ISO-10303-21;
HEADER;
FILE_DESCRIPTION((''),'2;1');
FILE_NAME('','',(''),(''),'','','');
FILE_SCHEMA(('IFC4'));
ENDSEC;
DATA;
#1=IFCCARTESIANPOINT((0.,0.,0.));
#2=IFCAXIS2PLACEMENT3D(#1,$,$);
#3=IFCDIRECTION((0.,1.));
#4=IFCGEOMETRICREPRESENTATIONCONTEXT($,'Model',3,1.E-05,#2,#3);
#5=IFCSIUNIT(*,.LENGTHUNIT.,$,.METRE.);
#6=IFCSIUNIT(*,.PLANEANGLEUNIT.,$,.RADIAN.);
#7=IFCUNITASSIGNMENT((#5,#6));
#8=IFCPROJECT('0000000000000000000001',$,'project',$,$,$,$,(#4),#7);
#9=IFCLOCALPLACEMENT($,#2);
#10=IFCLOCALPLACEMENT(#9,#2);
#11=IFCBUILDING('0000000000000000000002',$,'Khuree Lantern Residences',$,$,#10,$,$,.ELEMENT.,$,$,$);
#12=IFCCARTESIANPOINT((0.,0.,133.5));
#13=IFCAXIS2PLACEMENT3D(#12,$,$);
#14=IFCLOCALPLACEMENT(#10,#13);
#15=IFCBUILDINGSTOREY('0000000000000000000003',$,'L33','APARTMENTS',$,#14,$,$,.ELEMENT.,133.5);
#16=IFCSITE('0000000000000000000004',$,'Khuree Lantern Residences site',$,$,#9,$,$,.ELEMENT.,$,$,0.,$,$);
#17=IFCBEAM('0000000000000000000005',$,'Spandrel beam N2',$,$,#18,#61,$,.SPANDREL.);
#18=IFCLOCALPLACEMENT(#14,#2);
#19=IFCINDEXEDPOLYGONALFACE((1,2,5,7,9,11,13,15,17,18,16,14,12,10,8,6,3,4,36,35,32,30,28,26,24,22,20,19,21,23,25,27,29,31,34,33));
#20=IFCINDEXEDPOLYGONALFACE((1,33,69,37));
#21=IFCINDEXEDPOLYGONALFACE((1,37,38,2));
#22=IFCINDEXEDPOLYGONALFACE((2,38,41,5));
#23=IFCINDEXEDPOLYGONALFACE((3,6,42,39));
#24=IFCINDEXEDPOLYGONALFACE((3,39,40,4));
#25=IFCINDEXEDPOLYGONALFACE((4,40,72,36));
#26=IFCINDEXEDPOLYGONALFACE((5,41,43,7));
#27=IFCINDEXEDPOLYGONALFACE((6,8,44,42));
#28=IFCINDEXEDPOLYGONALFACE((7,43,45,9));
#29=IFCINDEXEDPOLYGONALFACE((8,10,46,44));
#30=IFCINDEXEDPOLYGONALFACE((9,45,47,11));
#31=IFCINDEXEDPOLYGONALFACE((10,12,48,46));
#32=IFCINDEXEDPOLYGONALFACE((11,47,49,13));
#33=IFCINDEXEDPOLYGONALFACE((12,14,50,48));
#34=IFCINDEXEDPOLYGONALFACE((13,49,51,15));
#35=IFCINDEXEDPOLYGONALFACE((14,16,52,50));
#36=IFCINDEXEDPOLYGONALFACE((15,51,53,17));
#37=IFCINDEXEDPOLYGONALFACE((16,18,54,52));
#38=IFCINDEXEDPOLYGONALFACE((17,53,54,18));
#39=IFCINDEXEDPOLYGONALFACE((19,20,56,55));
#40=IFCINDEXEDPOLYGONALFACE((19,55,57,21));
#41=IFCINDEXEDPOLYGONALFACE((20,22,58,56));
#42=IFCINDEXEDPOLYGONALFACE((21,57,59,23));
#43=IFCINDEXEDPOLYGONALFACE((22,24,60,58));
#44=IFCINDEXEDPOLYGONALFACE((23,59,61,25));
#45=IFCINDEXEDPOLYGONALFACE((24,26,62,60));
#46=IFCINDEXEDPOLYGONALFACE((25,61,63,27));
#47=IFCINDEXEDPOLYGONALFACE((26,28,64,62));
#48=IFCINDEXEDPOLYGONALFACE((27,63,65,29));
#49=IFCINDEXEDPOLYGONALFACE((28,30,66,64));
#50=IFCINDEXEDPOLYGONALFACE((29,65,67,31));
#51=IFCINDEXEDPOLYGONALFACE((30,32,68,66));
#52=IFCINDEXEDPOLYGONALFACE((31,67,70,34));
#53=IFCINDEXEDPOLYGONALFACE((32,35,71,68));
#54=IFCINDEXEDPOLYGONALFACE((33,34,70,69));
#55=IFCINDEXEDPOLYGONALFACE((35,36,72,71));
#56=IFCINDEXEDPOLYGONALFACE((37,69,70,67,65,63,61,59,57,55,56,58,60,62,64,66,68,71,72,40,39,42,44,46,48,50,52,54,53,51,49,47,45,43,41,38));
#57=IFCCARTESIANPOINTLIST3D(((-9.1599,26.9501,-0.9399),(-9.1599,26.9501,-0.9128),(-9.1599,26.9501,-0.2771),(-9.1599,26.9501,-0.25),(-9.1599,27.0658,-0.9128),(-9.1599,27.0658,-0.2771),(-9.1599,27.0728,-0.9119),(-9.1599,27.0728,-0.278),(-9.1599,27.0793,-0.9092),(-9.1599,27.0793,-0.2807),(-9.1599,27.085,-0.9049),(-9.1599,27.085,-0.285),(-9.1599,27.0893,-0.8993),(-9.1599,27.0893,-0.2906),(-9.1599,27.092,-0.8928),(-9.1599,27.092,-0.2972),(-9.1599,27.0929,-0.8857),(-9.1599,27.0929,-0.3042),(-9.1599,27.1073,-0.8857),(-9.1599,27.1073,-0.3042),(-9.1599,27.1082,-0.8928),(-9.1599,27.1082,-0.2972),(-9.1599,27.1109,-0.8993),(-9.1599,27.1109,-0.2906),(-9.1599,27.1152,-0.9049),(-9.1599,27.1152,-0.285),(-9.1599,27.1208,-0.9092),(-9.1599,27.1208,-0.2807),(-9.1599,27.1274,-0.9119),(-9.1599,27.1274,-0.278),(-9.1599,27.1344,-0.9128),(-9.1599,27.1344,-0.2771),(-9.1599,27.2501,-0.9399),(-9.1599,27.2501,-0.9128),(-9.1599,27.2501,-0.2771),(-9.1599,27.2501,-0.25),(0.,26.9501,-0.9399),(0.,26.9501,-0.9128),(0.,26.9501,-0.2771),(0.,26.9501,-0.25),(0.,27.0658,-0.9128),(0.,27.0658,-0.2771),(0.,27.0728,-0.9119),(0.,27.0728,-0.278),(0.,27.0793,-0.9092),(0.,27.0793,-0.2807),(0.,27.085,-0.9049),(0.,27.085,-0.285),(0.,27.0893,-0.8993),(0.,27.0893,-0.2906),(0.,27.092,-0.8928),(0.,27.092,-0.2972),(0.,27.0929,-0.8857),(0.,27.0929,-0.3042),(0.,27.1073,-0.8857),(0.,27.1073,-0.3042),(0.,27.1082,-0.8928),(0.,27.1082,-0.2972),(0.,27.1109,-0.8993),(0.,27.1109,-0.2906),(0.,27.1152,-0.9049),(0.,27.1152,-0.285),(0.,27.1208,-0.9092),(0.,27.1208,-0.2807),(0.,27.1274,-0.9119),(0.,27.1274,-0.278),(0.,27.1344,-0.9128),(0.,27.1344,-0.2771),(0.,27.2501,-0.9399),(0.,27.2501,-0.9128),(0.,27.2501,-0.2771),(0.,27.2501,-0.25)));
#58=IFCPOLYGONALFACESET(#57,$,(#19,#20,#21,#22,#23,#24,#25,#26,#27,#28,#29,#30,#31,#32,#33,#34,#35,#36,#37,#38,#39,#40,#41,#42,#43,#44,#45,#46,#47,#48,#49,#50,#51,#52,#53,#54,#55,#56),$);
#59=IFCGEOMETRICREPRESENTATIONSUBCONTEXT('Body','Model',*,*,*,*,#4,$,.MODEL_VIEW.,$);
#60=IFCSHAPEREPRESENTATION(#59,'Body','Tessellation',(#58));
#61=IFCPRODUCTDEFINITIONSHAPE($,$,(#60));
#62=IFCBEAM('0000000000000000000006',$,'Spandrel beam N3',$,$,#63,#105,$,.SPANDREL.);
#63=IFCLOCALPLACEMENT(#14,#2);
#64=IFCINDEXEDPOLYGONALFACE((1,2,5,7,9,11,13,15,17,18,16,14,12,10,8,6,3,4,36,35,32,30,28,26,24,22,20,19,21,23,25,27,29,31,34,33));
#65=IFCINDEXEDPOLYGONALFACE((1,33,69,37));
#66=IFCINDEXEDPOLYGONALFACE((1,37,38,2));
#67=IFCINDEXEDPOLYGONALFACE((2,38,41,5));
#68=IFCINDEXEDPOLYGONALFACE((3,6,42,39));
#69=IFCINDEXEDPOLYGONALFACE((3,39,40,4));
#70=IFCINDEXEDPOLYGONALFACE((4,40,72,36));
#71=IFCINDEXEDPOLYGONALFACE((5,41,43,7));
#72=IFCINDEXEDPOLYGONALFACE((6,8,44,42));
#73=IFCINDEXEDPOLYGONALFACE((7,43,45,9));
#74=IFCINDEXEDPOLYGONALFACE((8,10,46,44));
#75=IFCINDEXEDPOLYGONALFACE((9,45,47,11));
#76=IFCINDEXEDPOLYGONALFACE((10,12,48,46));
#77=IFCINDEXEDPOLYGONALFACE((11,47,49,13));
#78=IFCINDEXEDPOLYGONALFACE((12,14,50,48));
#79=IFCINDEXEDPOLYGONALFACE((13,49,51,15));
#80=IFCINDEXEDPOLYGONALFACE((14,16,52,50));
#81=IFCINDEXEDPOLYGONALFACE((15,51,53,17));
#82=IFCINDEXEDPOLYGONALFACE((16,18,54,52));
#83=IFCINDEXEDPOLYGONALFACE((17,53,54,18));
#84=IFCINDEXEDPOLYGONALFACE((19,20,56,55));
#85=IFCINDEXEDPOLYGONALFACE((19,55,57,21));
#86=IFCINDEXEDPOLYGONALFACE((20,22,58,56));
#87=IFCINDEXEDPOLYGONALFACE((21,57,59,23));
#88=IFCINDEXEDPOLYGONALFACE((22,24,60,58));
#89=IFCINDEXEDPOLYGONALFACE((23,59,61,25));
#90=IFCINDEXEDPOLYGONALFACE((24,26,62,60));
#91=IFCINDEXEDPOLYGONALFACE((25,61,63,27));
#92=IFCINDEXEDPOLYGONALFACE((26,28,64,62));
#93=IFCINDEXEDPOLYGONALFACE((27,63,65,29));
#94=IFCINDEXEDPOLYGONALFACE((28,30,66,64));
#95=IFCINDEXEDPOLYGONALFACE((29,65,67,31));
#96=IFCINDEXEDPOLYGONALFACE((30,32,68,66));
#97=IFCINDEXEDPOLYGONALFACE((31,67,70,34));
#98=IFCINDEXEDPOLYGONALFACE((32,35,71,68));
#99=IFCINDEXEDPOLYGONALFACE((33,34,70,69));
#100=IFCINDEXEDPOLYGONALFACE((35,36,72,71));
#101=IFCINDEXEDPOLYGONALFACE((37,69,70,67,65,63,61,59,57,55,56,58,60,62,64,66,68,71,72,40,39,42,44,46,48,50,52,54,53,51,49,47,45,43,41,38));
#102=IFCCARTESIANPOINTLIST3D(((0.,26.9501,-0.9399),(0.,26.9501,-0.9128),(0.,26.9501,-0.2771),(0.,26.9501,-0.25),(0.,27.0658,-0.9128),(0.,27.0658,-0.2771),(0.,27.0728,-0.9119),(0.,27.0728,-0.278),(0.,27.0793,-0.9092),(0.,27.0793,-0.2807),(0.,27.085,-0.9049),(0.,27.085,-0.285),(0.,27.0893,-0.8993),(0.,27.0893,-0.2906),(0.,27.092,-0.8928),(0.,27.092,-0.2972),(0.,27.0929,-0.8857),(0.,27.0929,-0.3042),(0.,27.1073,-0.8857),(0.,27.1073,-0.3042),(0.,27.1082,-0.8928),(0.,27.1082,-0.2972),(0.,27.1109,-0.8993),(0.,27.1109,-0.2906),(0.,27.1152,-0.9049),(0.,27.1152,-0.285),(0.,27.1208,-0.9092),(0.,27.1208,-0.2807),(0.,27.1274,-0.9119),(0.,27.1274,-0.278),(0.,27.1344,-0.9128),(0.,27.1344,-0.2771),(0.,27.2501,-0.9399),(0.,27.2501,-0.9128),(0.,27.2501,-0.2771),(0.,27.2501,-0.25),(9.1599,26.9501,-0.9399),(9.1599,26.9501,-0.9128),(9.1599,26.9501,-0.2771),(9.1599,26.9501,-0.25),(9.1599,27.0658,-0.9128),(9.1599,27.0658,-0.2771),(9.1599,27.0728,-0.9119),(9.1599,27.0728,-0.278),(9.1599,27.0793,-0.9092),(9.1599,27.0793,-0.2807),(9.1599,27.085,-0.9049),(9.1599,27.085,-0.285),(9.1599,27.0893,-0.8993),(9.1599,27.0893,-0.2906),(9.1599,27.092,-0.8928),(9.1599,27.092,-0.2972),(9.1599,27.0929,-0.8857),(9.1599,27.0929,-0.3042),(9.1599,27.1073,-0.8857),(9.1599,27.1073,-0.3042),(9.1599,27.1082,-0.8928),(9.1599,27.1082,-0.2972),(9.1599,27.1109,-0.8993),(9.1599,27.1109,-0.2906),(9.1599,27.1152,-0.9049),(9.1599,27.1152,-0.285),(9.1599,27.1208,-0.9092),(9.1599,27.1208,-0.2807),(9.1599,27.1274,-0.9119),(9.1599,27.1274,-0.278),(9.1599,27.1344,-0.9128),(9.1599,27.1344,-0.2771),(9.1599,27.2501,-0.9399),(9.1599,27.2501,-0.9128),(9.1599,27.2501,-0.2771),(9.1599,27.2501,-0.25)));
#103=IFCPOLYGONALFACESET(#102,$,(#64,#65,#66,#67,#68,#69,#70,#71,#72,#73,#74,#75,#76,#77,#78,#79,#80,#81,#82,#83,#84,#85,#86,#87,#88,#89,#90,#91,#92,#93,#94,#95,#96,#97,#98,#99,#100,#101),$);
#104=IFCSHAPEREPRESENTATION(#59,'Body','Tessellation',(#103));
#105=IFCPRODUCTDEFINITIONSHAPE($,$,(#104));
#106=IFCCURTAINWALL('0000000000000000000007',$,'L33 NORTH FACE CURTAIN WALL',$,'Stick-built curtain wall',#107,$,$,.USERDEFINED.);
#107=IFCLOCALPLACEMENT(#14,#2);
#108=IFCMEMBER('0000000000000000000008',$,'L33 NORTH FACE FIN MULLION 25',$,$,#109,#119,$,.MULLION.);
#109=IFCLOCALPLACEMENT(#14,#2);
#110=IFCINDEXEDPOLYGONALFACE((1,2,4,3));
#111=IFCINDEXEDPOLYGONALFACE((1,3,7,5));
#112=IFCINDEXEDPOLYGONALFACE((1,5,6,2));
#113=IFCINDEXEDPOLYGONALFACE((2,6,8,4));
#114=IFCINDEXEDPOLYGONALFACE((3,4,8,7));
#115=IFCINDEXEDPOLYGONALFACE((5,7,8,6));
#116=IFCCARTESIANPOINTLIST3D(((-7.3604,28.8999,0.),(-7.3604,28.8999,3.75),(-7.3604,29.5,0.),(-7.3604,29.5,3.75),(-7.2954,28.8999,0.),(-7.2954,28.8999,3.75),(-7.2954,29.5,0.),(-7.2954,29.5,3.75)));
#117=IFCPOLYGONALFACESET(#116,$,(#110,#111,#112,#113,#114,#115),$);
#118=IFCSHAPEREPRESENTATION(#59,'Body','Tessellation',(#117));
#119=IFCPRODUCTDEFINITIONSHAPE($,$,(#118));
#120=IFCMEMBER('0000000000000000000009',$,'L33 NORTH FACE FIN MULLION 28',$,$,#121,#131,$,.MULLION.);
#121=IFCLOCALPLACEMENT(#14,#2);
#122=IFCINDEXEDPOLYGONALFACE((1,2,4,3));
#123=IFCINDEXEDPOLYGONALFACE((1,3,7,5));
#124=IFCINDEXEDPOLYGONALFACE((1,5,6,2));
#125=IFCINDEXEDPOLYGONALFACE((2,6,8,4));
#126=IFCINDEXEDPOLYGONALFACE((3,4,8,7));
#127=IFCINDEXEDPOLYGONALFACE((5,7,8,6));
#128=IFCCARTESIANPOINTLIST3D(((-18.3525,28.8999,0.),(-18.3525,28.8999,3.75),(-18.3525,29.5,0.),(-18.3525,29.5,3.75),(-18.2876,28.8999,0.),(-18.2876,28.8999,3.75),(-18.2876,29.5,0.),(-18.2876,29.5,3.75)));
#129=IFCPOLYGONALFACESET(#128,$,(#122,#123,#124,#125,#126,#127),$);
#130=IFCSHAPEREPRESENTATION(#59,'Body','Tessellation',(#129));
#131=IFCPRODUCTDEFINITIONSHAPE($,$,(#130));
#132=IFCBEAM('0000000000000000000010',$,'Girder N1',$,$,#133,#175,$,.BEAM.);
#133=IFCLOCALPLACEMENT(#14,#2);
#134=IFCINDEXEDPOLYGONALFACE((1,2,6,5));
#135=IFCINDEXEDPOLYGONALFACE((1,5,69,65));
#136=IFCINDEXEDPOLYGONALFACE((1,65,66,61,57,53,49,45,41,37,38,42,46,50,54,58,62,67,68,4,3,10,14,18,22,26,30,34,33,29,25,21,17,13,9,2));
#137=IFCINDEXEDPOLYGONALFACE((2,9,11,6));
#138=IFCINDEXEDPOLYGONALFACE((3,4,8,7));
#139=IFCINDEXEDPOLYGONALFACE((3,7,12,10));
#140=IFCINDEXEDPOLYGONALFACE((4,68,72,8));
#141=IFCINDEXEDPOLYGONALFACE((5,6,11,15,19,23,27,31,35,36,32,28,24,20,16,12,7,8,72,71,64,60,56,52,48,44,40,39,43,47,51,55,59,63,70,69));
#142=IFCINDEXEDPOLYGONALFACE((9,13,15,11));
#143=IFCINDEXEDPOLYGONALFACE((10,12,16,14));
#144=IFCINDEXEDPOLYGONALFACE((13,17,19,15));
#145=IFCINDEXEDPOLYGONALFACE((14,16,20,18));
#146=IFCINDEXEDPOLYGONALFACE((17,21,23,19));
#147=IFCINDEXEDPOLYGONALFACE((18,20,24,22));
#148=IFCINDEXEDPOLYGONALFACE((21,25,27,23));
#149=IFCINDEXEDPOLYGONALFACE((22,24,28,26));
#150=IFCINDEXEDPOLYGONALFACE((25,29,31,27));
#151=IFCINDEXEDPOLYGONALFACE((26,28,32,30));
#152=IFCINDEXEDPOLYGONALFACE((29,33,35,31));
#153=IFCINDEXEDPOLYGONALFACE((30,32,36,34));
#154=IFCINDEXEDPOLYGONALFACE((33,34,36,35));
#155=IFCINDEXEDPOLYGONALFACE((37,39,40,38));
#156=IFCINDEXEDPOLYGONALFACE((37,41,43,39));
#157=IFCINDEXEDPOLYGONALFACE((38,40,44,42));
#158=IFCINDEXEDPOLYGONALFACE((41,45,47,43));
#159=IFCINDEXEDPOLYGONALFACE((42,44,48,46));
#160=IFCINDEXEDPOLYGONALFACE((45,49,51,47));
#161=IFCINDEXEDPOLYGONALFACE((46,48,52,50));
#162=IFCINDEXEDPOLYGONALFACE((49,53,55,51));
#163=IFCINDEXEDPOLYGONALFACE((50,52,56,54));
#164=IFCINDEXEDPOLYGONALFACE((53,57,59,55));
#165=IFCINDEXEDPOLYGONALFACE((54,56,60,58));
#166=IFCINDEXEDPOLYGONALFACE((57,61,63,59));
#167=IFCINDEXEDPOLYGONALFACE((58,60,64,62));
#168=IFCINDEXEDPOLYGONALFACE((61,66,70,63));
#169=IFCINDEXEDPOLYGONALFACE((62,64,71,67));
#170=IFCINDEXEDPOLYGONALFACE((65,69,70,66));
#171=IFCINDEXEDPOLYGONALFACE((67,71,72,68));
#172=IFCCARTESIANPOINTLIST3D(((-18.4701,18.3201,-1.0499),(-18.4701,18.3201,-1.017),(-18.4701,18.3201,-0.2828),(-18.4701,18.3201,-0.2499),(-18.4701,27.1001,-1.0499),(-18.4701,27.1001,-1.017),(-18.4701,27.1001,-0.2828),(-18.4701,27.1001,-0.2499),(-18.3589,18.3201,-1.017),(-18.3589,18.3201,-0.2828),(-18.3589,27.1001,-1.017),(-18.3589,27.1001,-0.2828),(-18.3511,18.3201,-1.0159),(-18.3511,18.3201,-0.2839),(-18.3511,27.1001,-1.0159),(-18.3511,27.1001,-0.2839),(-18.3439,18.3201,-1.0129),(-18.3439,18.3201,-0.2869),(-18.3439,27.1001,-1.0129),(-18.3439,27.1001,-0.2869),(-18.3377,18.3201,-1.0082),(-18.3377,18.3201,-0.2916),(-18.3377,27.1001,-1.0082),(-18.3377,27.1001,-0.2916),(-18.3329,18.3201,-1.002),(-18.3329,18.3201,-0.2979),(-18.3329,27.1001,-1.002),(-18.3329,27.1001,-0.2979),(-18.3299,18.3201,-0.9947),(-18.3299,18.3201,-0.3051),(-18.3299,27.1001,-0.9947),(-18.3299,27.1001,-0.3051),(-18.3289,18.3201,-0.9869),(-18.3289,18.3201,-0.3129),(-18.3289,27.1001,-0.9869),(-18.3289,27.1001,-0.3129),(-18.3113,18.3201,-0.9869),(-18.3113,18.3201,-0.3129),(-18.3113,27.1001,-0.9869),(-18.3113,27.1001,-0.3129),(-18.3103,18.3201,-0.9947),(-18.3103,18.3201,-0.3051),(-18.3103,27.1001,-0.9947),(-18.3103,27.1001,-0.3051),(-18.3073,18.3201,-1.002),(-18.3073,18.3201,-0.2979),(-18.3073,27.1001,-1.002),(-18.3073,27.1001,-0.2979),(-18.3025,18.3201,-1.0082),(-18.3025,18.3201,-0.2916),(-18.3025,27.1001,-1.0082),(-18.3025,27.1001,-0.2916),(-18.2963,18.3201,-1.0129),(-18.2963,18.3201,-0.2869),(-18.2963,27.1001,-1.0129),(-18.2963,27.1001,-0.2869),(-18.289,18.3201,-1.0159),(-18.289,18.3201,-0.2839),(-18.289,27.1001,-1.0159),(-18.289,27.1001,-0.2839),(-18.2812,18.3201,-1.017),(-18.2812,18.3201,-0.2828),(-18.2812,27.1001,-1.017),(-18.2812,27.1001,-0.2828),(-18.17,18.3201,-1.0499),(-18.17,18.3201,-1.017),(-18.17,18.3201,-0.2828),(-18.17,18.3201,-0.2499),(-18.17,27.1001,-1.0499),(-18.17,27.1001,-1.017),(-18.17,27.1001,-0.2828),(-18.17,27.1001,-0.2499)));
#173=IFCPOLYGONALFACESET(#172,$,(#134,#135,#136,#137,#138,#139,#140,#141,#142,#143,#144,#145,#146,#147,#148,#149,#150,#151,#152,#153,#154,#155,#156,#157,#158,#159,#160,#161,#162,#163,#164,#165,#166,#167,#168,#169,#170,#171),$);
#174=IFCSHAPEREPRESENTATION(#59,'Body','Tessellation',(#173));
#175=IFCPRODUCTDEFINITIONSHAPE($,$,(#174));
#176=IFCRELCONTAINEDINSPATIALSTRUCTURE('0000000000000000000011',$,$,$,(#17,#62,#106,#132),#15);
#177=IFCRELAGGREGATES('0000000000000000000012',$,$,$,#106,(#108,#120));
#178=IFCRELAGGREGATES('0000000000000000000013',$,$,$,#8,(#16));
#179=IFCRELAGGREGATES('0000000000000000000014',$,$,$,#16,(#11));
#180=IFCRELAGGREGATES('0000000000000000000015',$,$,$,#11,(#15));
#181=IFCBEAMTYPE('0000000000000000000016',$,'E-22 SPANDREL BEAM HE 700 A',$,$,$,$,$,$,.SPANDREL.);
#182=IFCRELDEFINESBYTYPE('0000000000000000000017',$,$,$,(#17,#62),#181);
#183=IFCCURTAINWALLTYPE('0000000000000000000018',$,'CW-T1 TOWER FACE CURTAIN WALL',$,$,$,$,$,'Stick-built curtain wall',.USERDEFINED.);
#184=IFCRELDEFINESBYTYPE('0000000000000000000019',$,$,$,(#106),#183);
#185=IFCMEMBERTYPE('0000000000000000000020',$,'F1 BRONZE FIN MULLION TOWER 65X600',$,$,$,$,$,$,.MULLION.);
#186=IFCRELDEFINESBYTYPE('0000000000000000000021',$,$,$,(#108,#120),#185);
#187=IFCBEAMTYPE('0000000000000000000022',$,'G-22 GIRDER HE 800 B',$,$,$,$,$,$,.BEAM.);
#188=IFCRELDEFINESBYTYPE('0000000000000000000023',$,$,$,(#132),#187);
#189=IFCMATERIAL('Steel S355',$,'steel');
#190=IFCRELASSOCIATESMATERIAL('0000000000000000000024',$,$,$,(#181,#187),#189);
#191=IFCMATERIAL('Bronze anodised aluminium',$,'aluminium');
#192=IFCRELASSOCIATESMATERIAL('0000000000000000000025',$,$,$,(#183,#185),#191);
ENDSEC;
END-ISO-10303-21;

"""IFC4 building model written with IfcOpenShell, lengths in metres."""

from ifc_helpers import new_model, si_unit, direction, frame, origin, origin_2d, place, context, subcontext, project, spatial, rectangle, i_section, extrude, material, material_profile, profile_set, type_object, element, aggregate, save


model = new_model("IFC4")

# Units and contexts
model_context = context("Model", 3, precision=1e-05, world=origin(), true_north=direction((0.0, 1.0)))
body_context = subcontext(model_context, "Body", "Model", "MODEL_VIEW")
ifc_project = project(units=[si_unit("LENGTHUNIT", "METRE"), si_unit("PLANEANGLEUNIT", "RADIAN")], contexts=[model_context])

# Site, building, storey
site_placement = place(None, origin())
site = spatial("IfcSite", under=ifc_project, at=site_placement, Name="Khuree Lantern Residences site", CompositionType="ELEMENT", RefElevation=0.0)
building_placement = place(site_placement, origin())
building = spatial("IfcBuilding", under=site, at=building_placement, Name="Khuree Lantern Residences", CompositionType="ELEMENT")
storey_placement = place(building_placement, frame((0.0, 0.0, 133.5)))
storey = spatial("IfcBuildingStorey", under=building, at=storey_placement, Name="L33", Description="APARTMENTS", CompositionType="ELEMENT", Elevation=133.5)

# Beams
ifc_material_1 = material(Name="Steel S355", Category="steel")
ifc_material_profile_1 = material_profile(ifc_material_1, i_section(OverallWidth=0.3, OverallDepth=0.6899, WebThickness=0.0144, FlangeThickness=0.0271, FilletRadius=0.0271, at=origin_2d()), Name="HE 700 A")
ifc_profile_set_1 = profile_set([ifc_material_profile_1], Name="Steel S355")
beam_type_1 = type_object("IfcBeamType", Name="E-22 SPANDREL BEAM HE 700 A", PredefinedType="SPANDREL", material=ifc_profile_set_1)
for number, where, z_axis, x_axis, name in (
    (1, (-9.1599, 27.1001, -0.595), (1.0, 0.0, 0.0), (0.0, 1.0, 0.0), "Spandrel beam N2"),
    (2, (0.0, 27.1001, -0.595), (1.0, 0.0, 0.0), (0.0, 1.0, 0.0), "Spandrel beam N3"),
):
    element("IfcBeam", number, at=place(storey_placement, frame(where, z_axis=z_axis, x_axis=x_axis)), inside=storey, type_object=beam_type_1, Name=name, PredefinedType="SPANDREL", context=body_context, shape_type="SweptSolid", body=[
        extrude(i_section(OverallWidth=0.3, OverallDepth=0.6899, WebThickness=0.0144, FlangeThickness=0.0271, FilletRadius=0.0271, at=origin_2d()), origin(), (0.0, 0.0, 1.0), 9.1599),
    ])

# Curtain wall, members
ifc_material_2 = material(Name="Bronze anodised aluminium", Category="aluminium")
curtain_wall_type = type_object("IfcCurtainWallType", Name="CW-T1 TOWER FACE CURTAIN WALL", ElementType="Stick-built curtain wall", PredefinedType="USERDEFINED", material=ifc_material_2)
curtain_wall_placement = place(storey_placement, origin())
curtain_wall = element("IfcCurtainWall", 3, at=curtain_wall_placement, inside=storey, type_object=curtain_wall_type, Name="L33 NORTH FACE CURTAIN WALL", ObjectType="Stick-built curtain wall", PredefinedType="USERDEFINED")
ifc_material_profile_2 = material_profile(ifc_material_2, rectangle(XDim=0.0649, YDim=0.6001, at=origin_2d()), Name="F1 65X600")
ifc_profile_set_2 = profile_set([ifc_material_profile_2], Name="Bronze anodised aluminium")
member_type_1 = type_object("IfcMemberType", Name="F1 BRONZE FIN MULLION TOWER 65X600", PredefinedType="MULLION", material=ifc_profile_set_2)
member_1_placement = place(storey_placement, frame((-7.3279, 29.2, 0.0), z_axis=(0.0, 0.0, 1.0), x_axis=(-1.0, 0.0, 0.0)))
member_1 = element("IfcMember", 4, at=member_1_placement, type_object=member_type_1, Name="L33 NORTH FACE FIN MULLION 25", PredefinedType="MULLION", context=body_context, shape_type="SweptSolid", body=[
    extrude(rectangle(XDim=0.0649, YDim=0.6001, at=origin_2d()), origin(), (0.0, 0.0, 1.0), 3.75),
])
member_2_placement = place(storey_placement, frame((-18.3201, 29.2, 0.0), z_axis=(0.0, 0.0, 1.0), x_axis=(-1.0, 0.0, 0.0)))
member_2 = element("IfcMember", 5, at=member_2_placement, type_object=member_type_1, Name="L33 NORTH FACE FIN MULLION 28", PredefinedType="MULLION", context=body_context, shape_type="SweptSolid", body=[
    extrude(rectangle(XDim=0.0649, YDim=0.6001, at=origin_2d()), origin(), (0.0, 0.0, 1.0), 3.75),
])

# Beam
ifc_material_profile_3 = material_profile(ifc_material_1, i_section(OverallWidth=0.3, OverallDepth=0.8, WebThickness=0.0176, FlangeThickness=0.033, FilletRadius=0.03, at=origin_2d()), Name="HE 800 B")
ifc_profile_set_3 = profile_set([ifc_material_profile_3], Name="Steel S355")
beam_type_2 = type_object("IfcBeamType", Name="G-22 GIRDER HE 800 B", PredefinedType="BEAM", material=ifc_profile_set_3)
beam_1_placement = place(storey_placement, frame((-18.3201, 27.1001, -0.6499), z_axis=(0.0, -1.0, 0.0), x_axis=(1.0, 0.0, 0.0)))
element("IfcBeam", 6, at=beam_1_placement, inside=storey, type_object=beam_type_2, Name="Girder N1", PredefinedType="BEAM", context=body_context, shape_type="SweptSolid", body=[
    extrude(i_section(OverallWidth=0.3, OverallDepth=0.8, WebThickness=0.0176, FlangeThickness=0.033, FilletRadius=0.03, at=origin_2d()), origin(), (0.0, 0.0, 1.0), 8.78),
])

aggregate(curtain_wall, [member_1, member_2])

save(model, "model.ifc")
